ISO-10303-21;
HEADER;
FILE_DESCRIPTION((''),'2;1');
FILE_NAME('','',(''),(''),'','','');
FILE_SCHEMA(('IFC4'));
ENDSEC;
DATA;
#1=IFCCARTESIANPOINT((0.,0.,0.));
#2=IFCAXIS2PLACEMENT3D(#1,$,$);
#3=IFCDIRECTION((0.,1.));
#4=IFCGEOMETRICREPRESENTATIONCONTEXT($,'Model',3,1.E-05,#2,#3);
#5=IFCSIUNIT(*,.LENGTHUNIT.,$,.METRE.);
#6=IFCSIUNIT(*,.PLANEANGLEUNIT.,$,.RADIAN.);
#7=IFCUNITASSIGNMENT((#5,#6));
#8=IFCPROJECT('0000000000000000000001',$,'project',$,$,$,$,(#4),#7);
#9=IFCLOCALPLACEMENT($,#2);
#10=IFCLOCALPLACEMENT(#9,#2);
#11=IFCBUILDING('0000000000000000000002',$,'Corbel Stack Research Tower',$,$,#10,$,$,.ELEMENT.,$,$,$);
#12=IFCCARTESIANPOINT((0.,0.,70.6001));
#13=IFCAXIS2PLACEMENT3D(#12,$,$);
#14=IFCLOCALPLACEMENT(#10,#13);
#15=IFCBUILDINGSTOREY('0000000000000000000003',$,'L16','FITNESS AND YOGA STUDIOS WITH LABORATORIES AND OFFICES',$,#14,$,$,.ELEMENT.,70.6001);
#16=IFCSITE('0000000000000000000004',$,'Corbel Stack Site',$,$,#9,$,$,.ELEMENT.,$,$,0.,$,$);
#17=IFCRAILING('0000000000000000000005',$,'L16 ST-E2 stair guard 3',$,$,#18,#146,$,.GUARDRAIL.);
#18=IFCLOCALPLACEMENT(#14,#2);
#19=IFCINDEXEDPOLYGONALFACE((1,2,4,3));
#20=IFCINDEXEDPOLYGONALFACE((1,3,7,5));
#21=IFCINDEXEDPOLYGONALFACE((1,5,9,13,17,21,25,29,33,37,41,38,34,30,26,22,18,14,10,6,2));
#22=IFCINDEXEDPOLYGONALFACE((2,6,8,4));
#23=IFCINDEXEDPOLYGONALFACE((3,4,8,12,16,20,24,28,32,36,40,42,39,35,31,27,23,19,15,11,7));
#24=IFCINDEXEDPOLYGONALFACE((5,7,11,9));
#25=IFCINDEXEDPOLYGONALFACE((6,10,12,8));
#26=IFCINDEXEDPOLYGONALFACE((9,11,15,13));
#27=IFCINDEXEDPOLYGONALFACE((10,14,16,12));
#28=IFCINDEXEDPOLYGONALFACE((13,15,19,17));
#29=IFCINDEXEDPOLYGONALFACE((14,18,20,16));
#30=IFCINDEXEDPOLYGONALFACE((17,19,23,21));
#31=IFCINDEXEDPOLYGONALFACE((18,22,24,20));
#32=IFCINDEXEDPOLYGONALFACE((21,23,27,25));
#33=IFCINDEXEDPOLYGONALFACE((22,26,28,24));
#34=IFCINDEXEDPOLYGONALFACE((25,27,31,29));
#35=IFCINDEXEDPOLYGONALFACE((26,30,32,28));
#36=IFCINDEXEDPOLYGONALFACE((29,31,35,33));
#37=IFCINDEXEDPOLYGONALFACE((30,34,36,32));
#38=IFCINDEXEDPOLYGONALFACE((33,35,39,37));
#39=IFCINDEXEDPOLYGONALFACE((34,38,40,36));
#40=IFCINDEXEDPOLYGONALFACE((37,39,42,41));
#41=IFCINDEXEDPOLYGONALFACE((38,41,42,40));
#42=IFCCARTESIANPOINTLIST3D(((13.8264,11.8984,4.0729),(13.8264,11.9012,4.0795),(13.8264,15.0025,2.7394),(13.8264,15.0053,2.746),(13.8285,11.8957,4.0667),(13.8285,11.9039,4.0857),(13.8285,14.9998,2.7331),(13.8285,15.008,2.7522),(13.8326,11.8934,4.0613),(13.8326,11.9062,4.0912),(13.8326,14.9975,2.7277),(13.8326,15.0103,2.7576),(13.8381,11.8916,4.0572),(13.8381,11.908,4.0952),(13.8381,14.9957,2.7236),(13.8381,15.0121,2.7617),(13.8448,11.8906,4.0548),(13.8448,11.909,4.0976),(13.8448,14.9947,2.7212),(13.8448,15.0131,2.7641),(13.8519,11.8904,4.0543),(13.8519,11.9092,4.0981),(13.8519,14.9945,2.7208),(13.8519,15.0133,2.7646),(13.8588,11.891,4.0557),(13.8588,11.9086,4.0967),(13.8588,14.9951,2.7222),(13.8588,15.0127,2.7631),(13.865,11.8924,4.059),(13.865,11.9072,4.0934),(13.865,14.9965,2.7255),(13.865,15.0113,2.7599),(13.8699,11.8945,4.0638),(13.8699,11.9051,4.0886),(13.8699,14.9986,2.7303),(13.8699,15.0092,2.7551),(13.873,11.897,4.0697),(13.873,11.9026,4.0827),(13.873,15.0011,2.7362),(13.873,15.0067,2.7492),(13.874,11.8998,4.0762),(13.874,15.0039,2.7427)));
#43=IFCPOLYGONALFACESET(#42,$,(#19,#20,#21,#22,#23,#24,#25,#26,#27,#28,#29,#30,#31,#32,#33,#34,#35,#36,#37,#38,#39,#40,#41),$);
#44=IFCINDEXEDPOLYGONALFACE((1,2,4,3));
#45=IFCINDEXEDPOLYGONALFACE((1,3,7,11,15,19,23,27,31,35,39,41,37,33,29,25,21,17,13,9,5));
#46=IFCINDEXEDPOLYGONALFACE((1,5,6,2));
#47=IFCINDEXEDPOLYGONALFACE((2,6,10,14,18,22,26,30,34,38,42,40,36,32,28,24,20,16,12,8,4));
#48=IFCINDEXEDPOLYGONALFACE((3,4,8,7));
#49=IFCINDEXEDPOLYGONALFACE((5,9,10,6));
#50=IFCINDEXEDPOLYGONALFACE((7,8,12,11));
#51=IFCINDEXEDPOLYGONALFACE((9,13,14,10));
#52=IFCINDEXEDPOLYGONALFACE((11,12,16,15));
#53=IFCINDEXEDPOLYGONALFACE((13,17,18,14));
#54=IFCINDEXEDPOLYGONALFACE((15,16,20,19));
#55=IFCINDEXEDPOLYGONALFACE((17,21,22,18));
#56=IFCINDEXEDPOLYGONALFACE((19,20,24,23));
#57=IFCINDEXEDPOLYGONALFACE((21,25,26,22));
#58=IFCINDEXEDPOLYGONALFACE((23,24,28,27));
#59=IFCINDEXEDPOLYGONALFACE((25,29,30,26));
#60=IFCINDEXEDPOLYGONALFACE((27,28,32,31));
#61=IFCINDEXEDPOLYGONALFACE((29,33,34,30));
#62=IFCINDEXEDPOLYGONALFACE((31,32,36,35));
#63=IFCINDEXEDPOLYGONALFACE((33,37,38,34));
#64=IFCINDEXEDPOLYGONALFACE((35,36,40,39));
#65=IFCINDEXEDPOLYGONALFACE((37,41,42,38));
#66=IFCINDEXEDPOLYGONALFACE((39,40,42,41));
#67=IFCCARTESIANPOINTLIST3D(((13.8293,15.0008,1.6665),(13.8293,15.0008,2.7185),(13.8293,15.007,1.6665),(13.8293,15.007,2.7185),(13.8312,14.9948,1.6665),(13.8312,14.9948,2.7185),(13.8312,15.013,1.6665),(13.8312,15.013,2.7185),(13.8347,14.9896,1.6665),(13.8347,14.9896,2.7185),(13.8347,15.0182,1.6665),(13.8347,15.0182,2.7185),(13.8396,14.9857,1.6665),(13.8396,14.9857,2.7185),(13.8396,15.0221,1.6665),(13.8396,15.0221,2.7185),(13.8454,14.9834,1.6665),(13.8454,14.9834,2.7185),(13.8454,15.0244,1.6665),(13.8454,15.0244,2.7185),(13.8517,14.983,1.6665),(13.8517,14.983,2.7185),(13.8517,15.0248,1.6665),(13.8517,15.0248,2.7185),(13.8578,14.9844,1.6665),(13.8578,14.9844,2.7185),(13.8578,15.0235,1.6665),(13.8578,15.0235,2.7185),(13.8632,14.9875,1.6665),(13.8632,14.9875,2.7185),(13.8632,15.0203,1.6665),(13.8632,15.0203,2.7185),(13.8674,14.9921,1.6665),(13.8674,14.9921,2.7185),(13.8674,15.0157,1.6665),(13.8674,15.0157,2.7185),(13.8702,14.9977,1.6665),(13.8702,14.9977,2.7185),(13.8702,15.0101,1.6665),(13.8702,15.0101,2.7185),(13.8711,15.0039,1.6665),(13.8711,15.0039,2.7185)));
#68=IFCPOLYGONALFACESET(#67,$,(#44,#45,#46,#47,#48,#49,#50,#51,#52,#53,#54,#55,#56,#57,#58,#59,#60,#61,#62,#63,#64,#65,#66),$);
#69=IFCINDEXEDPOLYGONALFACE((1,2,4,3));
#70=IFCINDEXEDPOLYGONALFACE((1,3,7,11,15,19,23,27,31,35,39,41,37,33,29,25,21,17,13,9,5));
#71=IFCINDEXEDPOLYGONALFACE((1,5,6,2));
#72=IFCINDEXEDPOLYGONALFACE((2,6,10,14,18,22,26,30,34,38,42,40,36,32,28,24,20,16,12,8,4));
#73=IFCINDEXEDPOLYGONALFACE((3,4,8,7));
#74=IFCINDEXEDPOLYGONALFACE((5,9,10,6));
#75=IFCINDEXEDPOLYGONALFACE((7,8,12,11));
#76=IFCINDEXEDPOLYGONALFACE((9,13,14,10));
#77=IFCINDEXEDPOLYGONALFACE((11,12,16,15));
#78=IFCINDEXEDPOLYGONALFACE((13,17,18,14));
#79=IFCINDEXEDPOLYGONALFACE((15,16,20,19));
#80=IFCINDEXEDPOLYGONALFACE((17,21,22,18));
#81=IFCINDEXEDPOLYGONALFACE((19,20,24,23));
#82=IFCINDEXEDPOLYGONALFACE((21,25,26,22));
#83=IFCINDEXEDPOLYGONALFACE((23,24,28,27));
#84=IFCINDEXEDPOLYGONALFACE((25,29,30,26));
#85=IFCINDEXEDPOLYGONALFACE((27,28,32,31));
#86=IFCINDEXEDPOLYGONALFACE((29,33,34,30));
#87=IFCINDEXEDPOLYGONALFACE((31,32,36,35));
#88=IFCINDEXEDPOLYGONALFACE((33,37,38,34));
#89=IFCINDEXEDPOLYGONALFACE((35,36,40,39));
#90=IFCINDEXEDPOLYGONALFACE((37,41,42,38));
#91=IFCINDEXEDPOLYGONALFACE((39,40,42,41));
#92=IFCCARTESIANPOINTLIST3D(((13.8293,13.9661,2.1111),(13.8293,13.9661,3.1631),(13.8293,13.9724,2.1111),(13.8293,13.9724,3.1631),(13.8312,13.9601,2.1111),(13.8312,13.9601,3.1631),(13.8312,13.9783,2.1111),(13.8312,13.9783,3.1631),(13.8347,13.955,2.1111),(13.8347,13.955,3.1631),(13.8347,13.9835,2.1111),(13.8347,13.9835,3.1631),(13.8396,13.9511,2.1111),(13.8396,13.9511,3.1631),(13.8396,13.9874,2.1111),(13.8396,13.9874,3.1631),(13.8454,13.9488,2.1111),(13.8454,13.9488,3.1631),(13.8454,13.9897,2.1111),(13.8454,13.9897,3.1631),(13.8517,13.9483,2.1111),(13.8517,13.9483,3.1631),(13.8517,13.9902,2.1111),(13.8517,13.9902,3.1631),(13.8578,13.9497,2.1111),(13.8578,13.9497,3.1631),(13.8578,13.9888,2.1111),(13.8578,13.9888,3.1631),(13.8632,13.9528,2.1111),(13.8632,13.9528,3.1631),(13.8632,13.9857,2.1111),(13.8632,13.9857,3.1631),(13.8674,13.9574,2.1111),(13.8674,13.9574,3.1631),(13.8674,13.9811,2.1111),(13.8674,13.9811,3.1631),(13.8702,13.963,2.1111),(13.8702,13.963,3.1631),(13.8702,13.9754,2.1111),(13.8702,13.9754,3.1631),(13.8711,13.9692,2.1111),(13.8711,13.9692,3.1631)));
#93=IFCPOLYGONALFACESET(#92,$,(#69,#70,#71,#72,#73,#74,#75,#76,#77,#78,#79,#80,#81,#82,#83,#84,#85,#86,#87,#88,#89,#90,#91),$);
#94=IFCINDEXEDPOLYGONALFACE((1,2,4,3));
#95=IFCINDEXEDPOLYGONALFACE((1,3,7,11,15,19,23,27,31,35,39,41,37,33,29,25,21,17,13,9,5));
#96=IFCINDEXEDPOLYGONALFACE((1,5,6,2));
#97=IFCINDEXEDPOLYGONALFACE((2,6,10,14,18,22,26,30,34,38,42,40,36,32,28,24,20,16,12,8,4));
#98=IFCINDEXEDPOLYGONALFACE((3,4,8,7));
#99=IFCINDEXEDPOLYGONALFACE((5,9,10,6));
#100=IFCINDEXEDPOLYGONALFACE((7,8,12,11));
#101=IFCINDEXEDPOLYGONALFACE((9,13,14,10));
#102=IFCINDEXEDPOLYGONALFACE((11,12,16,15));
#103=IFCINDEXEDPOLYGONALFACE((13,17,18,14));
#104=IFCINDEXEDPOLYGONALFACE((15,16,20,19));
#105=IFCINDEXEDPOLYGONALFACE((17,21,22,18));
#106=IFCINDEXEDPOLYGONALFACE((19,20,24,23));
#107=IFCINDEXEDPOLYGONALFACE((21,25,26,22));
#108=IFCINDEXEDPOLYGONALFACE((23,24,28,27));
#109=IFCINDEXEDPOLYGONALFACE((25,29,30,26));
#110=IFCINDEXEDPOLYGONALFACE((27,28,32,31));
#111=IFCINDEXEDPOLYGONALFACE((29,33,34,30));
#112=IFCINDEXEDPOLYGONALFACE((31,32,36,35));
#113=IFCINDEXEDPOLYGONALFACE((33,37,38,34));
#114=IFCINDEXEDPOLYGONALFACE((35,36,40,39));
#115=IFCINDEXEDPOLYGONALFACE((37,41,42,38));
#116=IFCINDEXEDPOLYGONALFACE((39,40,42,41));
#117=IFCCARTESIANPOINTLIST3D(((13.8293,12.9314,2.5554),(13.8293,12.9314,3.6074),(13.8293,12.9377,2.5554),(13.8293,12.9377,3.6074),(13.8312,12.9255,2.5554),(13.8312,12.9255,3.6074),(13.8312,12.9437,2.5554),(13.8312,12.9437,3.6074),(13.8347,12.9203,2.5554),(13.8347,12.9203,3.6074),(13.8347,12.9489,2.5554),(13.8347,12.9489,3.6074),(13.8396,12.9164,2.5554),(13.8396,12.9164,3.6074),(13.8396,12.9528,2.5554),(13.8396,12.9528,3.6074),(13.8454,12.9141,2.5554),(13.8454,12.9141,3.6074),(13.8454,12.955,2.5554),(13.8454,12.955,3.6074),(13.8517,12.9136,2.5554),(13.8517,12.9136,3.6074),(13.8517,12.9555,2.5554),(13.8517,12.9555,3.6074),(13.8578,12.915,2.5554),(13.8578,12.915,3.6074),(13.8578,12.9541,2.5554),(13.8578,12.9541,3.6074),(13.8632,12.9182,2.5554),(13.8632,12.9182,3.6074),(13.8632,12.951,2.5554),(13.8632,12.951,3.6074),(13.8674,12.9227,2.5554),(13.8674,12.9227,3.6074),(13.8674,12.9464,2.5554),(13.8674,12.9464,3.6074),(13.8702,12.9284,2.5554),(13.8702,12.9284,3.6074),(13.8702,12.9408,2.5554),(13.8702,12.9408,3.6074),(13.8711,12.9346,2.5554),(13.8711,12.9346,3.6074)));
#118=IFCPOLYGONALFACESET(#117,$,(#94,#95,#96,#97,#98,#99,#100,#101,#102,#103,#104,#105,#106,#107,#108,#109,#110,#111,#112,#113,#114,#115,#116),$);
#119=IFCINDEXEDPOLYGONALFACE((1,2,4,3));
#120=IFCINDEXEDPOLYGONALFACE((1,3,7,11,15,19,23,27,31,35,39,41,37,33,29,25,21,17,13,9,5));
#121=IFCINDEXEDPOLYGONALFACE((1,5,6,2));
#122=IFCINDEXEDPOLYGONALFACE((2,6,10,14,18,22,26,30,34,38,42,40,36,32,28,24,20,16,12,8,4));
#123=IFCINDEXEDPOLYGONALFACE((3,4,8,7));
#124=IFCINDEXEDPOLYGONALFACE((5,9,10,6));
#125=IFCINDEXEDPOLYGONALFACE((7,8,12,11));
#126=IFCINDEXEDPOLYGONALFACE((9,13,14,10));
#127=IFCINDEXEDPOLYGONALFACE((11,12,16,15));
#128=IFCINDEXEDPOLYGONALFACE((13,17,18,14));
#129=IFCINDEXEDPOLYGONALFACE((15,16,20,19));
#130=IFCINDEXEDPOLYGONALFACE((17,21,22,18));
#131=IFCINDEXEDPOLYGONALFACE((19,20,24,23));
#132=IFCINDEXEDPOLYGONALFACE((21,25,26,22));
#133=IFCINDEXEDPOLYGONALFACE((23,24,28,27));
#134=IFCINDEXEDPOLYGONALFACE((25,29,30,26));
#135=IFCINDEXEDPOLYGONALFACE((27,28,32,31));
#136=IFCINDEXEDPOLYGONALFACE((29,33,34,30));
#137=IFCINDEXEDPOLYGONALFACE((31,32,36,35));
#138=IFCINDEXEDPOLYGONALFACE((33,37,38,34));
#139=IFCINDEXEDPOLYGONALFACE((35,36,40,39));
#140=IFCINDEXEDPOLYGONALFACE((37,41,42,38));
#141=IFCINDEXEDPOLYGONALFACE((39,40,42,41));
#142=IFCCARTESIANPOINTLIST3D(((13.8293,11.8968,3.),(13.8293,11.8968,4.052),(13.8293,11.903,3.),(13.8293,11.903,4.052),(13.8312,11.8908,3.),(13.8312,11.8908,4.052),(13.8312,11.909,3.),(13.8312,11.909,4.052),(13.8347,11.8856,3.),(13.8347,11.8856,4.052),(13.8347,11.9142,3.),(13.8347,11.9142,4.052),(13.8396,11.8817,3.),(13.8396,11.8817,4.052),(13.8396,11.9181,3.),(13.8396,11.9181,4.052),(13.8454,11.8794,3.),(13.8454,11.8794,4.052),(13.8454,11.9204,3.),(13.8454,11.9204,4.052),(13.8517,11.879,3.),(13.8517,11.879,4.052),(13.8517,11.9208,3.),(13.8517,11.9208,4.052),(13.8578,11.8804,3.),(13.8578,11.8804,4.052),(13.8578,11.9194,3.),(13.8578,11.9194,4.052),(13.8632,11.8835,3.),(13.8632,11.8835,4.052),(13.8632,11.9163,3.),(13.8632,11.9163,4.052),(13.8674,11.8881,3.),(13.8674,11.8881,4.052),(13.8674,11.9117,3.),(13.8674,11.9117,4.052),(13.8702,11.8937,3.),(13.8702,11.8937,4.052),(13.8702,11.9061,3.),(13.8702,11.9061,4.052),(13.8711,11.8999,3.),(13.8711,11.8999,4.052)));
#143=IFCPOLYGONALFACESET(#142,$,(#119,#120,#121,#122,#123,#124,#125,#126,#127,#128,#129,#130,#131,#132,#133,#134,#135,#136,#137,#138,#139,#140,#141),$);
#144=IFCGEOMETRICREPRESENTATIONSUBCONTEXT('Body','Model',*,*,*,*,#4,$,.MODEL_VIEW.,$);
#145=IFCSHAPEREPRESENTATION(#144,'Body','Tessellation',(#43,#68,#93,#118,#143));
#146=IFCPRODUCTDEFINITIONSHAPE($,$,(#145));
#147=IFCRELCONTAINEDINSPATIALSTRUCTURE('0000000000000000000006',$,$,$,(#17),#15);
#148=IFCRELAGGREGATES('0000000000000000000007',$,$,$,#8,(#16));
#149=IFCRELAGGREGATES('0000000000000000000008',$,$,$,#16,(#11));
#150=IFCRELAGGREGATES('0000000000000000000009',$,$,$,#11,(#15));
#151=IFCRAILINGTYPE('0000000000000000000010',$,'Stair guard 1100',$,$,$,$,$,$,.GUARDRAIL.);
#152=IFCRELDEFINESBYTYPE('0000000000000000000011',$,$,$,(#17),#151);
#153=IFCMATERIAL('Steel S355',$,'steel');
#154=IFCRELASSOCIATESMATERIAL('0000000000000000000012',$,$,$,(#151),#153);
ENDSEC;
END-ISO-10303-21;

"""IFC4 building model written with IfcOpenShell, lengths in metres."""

from ifc_helpers import new_model, si_unit, direction, frame, origin, origin_2d, place, context, subcontext, project, spatial, circle, extrude, material, type_object, element, save


model = new_model("IFC4")

# Units and contexts
model_context = context("Model", 3, precision=1e-05, world=origin(), true_north=direction((0.0, 1.0)))
body_context = subcontext(model_context, "Body", "Model", "MODEL_VIEW")
ifc_project = project(units=[si_unit("LENGTHUNIT", "METRE"), si_unit("PLANEANGLEUNIT", "RADIAN")], contexts=[model_context])

# Site, building, storey
site_placement = place(None, origin())
site = spatial("IfcSite", under=ifc_project, at=site_placement, Name="Corbel Stack Site", CompositionType="ELEMENT", RefElevation=0.0)
building_placement = place(site_placement, origin())
building = spatial("IfcBuilding", under=site, at=building_placement, Name="Corbel Stack Research Tower", CompositionType="ELEMENT")
storey_placement = place(building_placement, frame((0.0, 0.0, 70.6001)))
storey = spatial("IfcBuildingStorey", under=building, at=storey_placement, Name="L16", Description="FITNESS AND YOGA STUDIOS WITH LABORATORIES AND OFFICES", CompositionType="ELEMENT", Elevation=70.6001)

# Railing
ifc_material_1 = material(Name="Steel S355", Category="steel")
railing_type_1 = type_object("IfcRailingType", Name="Stair guard 1100", PredefinedType="GUARDRAIL", material=ifc_material_1)
railing_1_placement = place(storey_placement, frame((13.8501, 15.0039, 1.6665)))
element("IfcRailing", 1, at=railing_1_placement, inside=storey, type_object=railing_type_1, Name="L16 ST-E2 stair guard 3", PredefinedType="GUARDRAIL", context=body_context, shape_type="SweptSolid", body=[
    extrude(circle(Radius=0.0239, at=origin_2d()), frame((0.0, 0.0, 1.0762), z_axis=(0.0, -0.918801, 0.394722), x_axis=(1.0, 0.0, 0.0)), (0.0, 0.0, 1.0), 3.3784),
    extrude(circle(Radius=0.021, at=origin_2d()), origin(), (0.0, 0.0, 1.0), 1.052),
    extrude(circle(Radius=0.021, at=origin_2d()), frame((0.0, -1.0347, 0.4446)), (0.0, 0.0, 1.0), 1.052),
    extrude(circle(Radius=0.021, at=origin_2d()), frame((0.0, -2.0693, 0.8889)), (0.0, 0.0, 1.0), 1.052),
    extrude(circle(Radius=0.021, at=origin_2d()), frame((0.0, -3.104, 1.3335)), (0.0, 0.0, 1.0), 1.052),
])

save(model, "model.ifc")
